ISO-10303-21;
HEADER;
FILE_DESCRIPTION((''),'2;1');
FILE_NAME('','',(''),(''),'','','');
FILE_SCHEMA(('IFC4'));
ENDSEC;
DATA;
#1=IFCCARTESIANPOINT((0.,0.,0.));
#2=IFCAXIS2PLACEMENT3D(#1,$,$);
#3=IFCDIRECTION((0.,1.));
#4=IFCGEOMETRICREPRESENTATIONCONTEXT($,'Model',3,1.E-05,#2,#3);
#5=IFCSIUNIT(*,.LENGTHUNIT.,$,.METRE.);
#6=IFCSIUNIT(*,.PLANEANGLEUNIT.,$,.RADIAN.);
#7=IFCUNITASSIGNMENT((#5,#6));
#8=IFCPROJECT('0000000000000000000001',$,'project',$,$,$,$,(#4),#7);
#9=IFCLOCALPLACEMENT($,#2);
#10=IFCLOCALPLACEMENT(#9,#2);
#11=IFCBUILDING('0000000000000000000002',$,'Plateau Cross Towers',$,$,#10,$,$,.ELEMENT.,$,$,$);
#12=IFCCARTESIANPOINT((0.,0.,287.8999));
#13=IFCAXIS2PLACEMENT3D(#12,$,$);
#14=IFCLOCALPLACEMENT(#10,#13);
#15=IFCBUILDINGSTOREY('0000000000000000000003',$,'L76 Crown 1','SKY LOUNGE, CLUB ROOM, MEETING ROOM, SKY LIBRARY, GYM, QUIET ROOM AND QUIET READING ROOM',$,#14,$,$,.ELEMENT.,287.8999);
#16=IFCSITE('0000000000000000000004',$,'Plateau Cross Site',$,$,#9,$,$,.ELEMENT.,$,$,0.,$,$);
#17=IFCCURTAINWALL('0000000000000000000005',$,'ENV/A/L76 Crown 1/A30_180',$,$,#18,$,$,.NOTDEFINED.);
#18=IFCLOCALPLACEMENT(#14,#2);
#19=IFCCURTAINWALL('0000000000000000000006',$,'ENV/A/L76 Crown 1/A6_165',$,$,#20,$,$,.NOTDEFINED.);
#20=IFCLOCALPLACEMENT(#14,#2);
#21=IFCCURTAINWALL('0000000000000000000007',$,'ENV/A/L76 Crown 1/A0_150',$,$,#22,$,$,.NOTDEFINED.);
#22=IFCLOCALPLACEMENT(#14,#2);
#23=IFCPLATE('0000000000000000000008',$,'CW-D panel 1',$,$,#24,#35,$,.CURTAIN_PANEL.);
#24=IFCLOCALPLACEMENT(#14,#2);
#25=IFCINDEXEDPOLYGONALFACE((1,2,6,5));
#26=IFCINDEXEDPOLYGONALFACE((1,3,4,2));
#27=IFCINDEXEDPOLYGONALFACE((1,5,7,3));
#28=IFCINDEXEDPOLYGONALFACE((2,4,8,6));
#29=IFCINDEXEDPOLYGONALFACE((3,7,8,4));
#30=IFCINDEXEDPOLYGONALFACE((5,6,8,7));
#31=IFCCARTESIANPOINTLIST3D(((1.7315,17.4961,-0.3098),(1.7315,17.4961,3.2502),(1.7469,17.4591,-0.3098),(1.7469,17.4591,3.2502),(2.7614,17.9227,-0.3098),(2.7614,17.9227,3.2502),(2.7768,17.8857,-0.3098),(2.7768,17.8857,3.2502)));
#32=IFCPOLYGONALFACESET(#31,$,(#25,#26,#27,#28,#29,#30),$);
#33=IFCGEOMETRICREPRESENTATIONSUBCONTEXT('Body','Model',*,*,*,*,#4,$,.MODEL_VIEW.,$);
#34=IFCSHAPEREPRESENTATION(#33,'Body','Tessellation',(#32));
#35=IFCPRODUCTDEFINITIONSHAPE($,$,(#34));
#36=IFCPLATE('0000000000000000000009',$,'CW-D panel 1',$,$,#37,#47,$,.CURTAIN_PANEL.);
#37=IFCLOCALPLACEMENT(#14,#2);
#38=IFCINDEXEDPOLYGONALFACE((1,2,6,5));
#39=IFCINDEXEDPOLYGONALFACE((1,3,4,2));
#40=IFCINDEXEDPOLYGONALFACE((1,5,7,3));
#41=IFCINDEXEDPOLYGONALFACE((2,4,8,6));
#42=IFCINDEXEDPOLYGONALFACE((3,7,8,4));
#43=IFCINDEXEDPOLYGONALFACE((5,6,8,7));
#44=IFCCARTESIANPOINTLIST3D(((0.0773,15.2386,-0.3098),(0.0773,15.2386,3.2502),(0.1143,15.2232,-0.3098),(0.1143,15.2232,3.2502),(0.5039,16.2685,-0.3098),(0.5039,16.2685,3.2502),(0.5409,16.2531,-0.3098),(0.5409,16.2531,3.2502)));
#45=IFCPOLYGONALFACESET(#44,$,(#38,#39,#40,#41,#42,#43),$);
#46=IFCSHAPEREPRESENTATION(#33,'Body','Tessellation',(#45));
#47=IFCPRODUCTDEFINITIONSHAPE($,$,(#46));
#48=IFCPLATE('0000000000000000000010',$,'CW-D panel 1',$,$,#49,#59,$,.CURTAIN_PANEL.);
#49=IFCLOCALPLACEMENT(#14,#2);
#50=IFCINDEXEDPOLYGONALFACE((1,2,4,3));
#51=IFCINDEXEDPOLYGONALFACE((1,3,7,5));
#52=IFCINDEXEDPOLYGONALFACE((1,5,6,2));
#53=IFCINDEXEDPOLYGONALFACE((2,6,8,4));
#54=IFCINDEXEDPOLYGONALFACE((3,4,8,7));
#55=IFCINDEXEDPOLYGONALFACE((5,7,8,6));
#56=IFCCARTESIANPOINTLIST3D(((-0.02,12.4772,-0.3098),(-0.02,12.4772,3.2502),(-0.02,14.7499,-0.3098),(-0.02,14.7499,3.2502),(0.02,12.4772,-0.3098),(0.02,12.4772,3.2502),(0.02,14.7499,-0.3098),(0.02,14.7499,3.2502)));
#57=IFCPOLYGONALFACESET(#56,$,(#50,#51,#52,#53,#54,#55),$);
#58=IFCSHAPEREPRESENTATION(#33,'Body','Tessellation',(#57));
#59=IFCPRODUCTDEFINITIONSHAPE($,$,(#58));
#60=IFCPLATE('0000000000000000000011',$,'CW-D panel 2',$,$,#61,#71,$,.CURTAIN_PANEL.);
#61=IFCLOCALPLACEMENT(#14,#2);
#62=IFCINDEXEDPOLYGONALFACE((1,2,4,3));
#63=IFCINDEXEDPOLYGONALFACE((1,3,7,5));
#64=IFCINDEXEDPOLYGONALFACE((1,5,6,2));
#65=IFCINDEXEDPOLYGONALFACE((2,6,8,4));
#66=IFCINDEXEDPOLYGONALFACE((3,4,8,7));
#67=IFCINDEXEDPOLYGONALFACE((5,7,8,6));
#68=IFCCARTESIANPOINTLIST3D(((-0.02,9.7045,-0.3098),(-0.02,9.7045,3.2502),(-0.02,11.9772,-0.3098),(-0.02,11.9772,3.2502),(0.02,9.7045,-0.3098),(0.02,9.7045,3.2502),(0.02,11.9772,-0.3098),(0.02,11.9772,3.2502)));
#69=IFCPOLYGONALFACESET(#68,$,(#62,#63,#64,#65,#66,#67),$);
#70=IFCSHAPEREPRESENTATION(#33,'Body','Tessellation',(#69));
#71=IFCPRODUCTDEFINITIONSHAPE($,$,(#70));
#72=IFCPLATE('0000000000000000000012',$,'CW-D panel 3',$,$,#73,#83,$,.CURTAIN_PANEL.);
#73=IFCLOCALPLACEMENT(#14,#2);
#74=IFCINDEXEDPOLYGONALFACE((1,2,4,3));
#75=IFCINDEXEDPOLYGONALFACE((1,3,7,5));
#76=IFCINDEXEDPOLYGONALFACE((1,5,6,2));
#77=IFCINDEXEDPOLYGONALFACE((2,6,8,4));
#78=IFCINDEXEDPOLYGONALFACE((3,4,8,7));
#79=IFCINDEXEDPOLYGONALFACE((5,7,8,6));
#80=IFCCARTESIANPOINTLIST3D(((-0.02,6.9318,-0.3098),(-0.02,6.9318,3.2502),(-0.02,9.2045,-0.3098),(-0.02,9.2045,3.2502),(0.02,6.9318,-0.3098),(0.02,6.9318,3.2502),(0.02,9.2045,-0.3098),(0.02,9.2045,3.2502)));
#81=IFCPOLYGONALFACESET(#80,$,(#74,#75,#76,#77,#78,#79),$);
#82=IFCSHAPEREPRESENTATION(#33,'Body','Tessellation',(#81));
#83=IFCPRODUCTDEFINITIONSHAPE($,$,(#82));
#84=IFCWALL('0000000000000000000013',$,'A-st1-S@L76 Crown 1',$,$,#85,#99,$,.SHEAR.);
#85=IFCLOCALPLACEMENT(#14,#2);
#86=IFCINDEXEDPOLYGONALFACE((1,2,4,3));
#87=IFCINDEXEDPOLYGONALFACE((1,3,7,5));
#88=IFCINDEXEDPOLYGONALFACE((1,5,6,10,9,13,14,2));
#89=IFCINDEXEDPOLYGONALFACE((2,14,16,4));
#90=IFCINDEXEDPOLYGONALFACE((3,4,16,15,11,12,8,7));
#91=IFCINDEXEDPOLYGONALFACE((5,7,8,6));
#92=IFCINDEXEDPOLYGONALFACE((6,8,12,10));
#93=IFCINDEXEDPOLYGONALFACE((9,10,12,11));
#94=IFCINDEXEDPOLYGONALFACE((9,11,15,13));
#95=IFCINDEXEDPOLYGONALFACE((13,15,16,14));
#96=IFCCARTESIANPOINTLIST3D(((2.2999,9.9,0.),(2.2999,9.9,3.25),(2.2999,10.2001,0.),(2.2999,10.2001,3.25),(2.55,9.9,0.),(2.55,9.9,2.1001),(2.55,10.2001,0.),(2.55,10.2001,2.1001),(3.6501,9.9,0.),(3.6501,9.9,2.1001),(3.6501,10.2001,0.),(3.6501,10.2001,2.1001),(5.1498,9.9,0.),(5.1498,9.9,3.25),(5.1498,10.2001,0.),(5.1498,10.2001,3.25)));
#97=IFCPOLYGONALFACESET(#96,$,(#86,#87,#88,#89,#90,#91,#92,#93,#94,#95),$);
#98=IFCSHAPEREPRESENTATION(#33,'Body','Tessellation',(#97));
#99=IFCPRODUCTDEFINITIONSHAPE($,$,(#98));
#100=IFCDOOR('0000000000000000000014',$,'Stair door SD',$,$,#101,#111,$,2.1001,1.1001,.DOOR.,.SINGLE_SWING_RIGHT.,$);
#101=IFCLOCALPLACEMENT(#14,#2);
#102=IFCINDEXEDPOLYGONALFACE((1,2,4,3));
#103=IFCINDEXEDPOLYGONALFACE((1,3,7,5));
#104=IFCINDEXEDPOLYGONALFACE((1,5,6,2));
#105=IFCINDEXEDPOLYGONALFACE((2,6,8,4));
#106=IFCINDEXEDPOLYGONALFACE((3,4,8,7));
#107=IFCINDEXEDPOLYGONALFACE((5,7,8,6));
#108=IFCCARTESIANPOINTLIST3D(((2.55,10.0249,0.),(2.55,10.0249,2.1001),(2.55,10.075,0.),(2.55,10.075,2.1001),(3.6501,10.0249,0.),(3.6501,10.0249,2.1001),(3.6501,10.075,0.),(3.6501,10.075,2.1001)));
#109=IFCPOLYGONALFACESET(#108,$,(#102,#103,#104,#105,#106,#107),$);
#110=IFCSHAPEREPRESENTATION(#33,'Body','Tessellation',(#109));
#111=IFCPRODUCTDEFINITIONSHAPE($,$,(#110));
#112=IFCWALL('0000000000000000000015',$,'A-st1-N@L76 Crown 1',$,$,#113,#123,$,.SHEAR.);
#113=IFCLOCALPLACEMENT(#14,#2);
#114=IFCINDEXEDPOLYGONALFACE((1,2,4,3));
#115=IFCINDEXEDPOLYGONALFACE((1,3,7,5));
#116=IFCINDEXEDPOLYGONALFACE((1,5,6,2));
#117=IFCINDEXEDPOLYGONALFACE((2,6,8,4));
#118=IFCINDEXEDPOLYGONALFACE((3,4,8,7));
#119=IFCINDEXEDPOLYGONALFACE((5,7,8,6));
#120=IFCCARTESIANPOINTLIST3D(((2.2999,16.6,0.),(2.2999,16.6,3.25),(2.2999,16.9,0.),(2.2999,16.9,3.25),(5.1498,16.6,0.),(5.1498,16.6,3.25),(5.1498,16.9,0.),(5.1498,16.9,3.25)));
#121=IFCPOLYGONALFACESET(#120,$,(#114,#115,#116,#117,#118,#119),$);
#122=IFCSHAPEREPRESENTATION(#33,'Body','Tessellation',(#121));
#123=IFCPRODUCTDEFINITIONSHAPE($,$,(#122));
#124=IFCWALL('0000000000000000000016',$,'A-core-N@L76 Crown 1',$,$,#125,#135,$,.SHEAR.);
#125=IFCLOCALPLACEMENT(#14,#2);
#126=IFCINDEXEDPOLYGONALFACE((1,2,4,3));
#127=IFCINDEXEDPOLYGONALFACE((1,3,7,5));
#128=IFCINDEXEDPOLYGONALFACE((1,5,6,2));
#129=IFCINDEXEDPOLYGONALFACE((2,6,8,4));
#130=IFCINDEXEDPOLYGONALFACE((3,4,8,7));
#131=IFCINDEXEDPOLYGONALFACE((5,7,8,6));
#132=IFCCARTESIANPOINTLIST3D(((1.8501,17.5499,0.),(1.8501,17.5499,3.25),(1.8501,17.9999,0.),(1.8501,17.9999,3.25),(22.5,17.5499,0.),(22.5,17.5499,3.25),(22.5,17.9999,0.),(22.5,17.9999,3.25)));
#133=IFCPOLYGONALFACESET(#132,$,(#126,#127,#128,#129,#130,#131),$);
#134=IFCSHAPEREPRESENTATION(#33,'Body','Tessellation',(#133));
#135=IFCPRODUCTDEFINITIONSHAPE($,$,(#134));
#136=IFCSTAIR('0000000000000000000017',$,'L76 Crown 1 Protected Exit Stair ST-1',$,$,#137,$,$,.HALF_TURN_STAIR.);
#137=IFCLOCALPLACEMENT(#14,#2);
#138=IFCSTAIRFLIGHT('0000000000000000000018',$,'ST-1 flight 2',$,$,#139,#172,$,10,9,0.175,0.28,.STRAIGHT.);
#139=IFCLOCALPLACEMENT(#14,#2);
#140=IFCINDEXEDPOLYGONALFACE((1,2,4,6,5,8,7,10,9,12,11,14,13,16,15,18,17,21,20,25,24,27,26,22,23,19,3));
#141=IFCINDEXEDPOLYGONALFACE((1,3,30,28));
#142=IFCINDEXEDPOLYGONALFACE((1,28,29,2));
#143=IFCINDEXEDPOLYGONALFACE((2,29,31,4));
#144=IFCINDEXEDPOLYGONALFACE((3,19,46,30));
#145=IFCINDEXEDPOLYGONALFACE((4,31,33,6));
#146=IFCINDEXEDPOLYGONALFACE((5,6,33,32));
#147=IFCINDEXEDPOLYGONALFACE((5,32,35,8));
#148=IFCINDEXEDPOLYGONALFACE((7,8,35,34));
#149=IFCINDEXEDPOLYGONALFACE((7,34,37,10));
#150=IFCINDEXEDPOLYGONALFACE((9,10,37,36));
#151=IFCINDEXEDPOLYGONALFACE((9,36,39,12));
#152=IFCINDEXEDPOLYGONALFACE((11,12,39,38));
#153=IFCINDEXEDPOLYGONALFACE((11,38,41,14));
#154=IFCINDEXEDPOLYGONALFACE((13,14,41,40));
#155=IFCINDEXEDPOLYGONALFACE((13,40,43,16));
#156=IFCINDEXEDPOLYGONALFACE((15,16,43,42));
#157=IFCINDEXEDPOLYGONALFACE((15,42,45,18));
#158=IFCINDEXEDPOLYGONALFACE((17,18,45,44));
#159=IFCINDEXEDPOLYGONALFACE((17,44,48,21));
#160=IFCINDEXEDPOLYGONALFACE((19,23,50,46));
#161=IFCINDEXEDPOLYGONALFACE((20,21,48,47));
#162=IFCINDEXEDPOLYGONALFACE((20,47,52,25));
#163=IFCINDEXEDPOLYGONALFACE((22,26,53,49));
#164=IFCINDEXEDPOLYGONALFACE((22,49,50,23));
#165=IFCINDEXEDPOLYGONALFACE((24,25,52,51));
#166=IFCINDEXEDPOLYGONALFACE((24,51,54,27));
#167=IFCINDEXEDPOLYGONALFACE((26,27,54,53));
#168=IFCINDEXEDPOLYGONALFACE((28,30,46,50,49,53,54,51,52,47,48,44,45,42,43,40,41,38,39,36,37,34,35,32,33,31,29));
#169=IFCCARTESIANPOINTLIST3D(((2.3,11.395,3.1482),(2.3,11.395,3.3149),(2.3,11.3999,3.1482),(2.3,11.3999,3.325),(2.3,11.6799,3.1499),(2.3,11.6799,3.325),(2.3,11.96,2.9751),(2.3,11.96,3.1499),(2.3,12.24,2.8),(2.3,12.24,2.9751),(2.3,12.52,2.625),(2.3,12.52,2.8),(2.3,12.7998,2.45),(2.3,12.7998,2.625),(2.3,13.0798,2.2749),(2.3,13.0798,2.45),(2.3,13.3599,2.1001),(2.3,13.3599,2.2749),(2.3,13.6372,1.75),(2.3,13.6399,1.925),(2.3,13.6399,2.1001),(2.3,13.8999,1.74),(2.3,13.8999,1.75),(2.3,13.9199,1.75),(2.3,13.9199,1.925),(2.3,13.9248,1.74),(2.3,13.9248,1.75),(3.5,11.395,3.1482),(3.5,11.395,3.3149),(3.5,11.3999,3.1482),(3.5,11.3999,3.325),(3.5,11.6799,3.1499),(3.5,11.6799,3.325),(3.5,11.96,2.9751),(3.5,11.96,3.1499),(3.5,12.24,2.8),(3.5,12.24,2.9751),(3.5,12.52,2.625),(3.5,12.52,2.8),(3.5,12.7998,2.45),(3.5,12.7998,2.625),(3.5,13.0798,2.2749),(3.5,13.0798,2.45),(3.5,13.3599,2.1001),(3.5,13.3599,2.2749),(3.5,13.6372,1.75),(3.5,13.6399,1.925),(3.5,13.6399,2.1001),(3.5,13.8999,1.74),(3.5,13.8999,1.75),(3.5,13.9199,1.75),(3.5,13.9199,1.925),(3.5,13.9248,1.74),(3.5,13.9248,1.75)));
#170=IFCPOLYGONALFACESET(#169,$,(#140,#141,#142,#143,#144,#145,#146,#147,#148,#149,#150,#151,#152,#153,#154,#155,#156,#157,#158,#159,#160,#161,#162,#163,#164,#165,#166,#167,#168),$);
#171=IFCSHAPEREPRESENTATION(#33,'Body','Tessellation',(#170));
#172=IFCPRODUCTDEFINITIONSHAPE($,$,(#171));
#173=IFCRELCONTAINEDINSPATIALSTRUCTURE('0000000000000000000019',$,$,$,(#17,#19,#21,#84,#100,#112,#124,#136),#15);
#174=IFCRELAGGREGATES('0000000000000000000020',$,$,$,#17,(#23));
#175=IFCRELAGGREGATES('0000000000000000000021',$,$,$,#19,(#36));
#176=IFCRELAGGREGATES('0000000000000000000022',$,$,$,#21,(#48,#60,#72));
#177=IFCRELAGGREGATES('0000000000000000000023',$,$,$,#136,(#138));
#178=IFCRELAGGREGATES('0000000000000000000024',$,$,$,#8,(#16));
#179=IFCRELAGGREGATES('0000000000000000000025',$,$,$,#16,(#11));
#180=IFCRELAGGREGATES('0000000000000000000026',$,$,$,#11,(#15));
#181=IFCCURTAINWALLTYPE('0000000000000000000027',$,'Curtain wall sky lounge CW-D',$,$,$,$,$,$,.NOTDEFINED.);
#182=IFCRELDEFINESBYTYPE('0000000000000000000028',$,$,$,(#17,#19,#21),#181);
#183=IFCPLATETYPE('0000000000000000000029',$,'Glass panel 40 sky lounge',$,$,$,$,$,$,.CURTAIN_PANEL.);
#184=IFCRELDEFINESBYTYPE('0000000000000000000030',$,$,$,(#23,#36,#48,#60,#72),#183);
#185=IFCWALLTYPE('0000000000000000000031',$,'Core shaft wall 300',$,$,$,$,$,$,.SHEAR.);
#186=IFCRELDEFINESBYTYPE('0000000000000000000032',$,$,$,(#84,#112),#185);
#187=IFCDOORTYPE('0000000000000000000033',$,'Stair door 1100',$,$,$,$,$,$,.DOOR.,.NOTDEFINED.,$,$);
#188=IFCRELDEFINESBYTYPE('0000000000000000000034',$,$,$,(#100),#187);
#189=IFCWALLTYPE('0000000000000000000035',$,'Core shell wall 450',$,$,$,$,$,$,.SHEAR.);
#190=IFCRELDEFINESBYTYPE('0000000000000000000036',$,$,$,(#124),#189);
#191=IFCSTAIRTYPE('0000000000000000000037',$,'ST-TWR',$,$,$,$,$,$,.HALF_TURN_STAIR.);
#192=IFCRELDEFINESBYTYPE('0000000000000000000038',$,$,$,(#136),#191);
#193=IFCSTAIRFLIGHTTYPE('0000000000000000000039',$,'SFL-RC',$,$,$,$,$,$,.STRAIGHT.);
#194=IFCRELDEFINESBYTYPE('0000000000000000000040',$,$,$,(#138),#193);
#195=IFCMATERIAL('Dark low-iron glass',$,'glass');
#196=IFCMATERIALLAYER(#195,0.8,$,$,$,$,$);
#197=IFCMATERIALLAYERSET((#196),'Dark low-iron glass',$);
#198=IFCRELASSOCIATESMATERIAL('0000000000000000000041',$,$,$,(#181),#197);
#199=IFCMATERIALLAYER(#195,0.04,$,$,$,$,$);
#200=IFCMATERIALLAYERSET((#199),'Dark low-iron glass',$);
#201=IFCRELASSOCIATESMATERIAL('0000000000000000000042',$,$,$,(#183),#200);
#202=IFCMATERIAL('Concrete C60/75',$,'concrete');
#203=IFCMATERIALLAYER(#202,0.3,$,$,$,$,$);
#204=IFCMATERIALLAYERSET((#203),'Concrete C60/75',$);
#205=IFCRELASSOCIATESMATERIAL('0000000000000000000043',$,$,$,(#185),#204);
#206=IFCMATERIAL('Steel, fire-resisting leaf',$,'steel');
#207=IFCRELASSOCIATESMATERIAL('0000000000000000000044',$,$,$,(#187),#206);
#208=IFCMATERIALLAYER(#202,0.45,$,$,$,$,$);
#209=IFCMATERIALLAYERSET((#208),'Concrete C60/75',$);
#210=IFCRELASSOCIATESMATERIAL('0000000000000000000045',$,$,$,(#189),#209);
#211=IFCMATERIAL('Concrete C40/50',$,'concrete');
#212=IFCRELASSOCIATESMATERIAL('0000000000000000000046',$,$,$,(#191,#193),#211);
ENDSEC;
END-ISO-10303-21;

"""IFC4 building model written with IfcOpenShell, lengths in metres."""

from ifc_helpers import new_model, si_unit, direction, frame, frame_2d, origin, origin_2d, place, context, subcontext, project, spatial, polyline, rectangle, outline, extrude, material, layer, layer_set, type_object, element, fill, aggregate, save


model = new_model("IFC4")

# Units and contexts
model_context = context("Model", 3, precision=1e-05, world=origin(), true_north=direction((0.0, 1.0)))
body_context = subcontext(model_context, "Body", "Model", "MODEL_VIEW")
ifc_project = project(units=[si_unit("LENGTHUNIT", "METRE"), si_unit("PLANEANGLEUNIT", "RADIAN")], contexts=[model_context])

# Site, building, storey
site_placement = place(None, origin())
site = spatial("IfcSite", under=ifc_project, at=site_placement, Name="Plateau Cross Site", CompositionType="ELEMENT", RefElevation=0.0)
building_placement = place(site_placement, origin())
building = spatial("IfcBuilding", under=site, at=building_placement, Name="Plateau Cross Towers", CompositionType="ELEMENT")
storey_placement = place(building_placement, frame((0.0, 0.0, 287.8999)))
storey = spatial("IfcBuildingStorey", under=building, at=storey_placement, Name="L76 Crown 1", Description="SKY LOUNGE, CLUB ROOM, MEETING ROOM, SKY LIBRARY, GYM, QUIET ROOM AND QUIET READING ROOM", CompositionType="ELEMENT", Elevation=287.8999)

# Shared definitions
ifc_material_1 = material(Name="Concrete C60/75", Category="concrete")

# Curtain wall
ifc_material_2 = material(Name="Dark low-iron glass", Category="glass")
ifc_layer_1 = layer(ifc_material_2, 0.8)
ifc_layer_set_1 = layer_set([ifc_layer_1], Name="Dark low-iron glass")
curtain_wall_type = type_object("IfcCurtainWallType", Name="Curtain wall sky lounge CW-D", PredefinedType="NOTDEFINED", material=ifc_layer_set_1)
curtain_wall_1_placement = place(storey_placement, origin())
curtain_wall_1 = element("IfcCurtainWall", 1, at=curtain_wall_1_placement, inside=storey, type_object=curtain_wall_type, Name="ENV/A/L76 Crown 1/A30_180", PredefinedType="NOTDEFINED")

# Curtain wall
curtain_wall_2_placement = place(storey_placement, origin())
curtain_wall_2 = element("IfcCurtainWall", 2, at=curtain_wall_2_placement, inside=storey, type_object=curtain_wall_type, Name="ENV/A/L76 Crown 1/A6_165", PredefinedType="NOTDEFINED")

# Curtain wall
curtain_wall_3_placement = place(storey_placement, origin())
curtain_wall_3 = element("IfcCurtainWall", 3, at=curtain_wall_3_placement, inside=storey, type_object=curtain_wall_type, Name="ENV/A/L76 Crown 1/A0_150", PredefinedType="NOTDEFINED")

# Plates
ifc_layer_2 = layer(ifc_material_2, 0.04)
ifc_layer_set_2 = layer_set([ifc_layer_2], Name="Dark low-iron glass")
plate_type = type_object("IfcPlateType", Name="Glass panel 40 sky lounge", PredefinedType="CURTAIN_PANEL", material=ifc_layer_set_2)
plate_1_placement = place(storey_placement, frame((2.2542, 17.6909, -0.3098), z_axis=(0.0, 0.0, 1.0), x_axis=(-0.923879, -0.382684, 0.0)))
plate_1 = element("IfcPlate", 4, at=plate_1_placement, type_object=plate_type, Name="CW-D panel 1", PredefinedType="CURTAIN_PANEL", context=body_context, shape_type="SweptSolid", body=[
    extrude(rectangle(XDim=1.1147, YDim=0.04, at=origin_2d()), origin(), (0.0, 0.0, 1.0), 3.5601),
])
aggregate(curtain_wall_1, [plate_1])
plate_2_placement = place(storey_placement, frame((0.3091, 15.7458, -0.3098), z_axis=(0.0, 0.0, 1.0), x_axis=(-0.382684, -0.923879, 0.0)))
plate_2 = element("IfcPlate", 5, at=plate_2_placement, type_object=plate_type, Name="CW-D panel 1", PredefinedType="CURTAIN_PANEL", context=body_context, shape_type="SweptSolid", body=[
    extrude(rectangle(XDim=1.1147, YDim=0.04, at=origin_2d()), origin(), (0.0, 0.0, 1.0), 3.5601),
])
aggregate(curtain_wall_2, [plate_2])
plate_3_placement = place(storey_placement, frame((0.0, 13.6135, -0.3098), z_axis=(0.0, 0.0, 1.0), x_axis=(0.0, -1.0, 0.0)))
plate_3 = element("IfcPlate", 6, at=plate_3_placement, type_object=plate_type, Name="CW-D panel 1", PredefinedType="CURTAIN_PANEL", context=body_context, shape_type="SweptSolid", body=[
    extrude(rectangle(XDim=2.2727, YDim=0.04, at=origin_2d()), origin(), (0.0, 0.0, 1.0), 3.5601),
])
plate_4_placement = place(storey_placement, frame((0.0, 10.8408, -0.3098), z_axis=(0.0, 0.0, 1.0), x_axis=(0.0, -1.0, 0.0)))
plate_4 = element("IfcPlate", 7, at=plate_4_placement, type_object=plate_type, Name="CW-D panel 2", PredefinedType="CURTAIN_PANEL", context=body_context, shape_type="SweptSolid", body=[
    extrude(rectangle(XDim=2.2727, YDim=0.04, at=origin_2d()), origin(), (0.0, 0.0, 1.0), 3.5601),
])
plate_5_placement = place(storey_placement, frame((0.0, 8.0681, -0.3098), z_axis=(0.0, 0.0, 1.0), x_axis=(0.0, -1.0, 0.0)))
plate_5 = element("IfcPlate", 8, at=plate_5_placement, type_object=plate_type, Name="CW-D panel 3", PredefinedType="CURTAIN_PANEL", context=body_context, shape_type="SweptSolid", body=[
    extrude(rectangle(XDim=2.2727, YDim=0.04, at=origin_2d()), origin(), (0.0, 0.0, 1.0), 3.5601),
])
aggregate(curtain_wall_3, [plate_3, plate_4, plate_5])

# Wall, opening, door
ifc_layer_3 = layer(ifc_material_1, 0.3)
ifc_layer_set_3 = layer_set([ifc_layer_3], Name="Concrete C60/75")
wall_type_1 = type_object("IfcWallType", Name="Core shaft wall 300", PredefinedType="SHEAR", material=ifc_layer_set_3)
wall_1_placement = place(storey_placement, frame((2.3, 10.05, 0.0), z_axis=(0.0, 0.0, 1.0), x_axis=(1.0, 0.0, 0.0)))
wall_1 = element("IfcWall", 9, at=wall_1_placement, inside=storey, type_object=wall_type_1, Name="A-st1-S@L76 Crown 1", PredefinedType="SHEAR", context=body_context, shape_type="SweptSolid", body=[
    extrude(rectangle(XDim=2.8499, YDim=0.3, at=frame_2d((1.4248, 0.0))), origin(), (0.0, 0.0, 1.0), 3.25),
])
opening_placement = place(wall_1_placement, frame((0.25, 0.0, 0.0)))
opening = element("IfcOpeningElement", 10, at=opening_placement, cuts=wall_1, PredefinedType="OPENING", context=body_context, shape_type="SweptSolid", body=[
    extrude(rectangle(XDim=1.1001, YDim=2.1001, at=frame_2d((0.55, 1.05))), frame((0.0, 0.1599, 0.0), z_axis=(0.0, -1.0, 0.0), x_axis=(1.0, 0.0, 0.0)), (0.0, 0.0, 1.0), 0.3201),
])
ifc_material_3 = material(Name="Steel, fire-resisting leaf", Category="steel")
door_type = type_object("IfcDoorType", Name="Stair door 1100", OperationType="NOTDEFINED", PredefinedType="DOOR", material=ifc_material_3)
door_placement = place(opening_placement, origin())
door = element("IfcDoor", 11, at=door_placement, inside=storey, type_object=door_type, Name="Stair door SD", OperationType="SINGLE_SWING_RIGHT", OverallHeight=2.1001, OverallWidth=1.1001, PredefinedType="DOOR", context=body_context, shape_type="SweptSolid", body=[
    extrude(rectangle(XDim=1.1001, YDim=2.1001, at=frame_2d((0.55, 1.05))), frame((0.0, 0.0249, 0.0), z_axis=(0.0, -1.0, 0.0), x_axis=(1.0, 0.0, 0.0)), (0.0, 0.0, 1.0), 0.05),
])
fill(opening, door)

# Walls
wall_2_placement = place(storey_placement, frame((2.3, 16.75, 0.0), z_axis=(0.0, 0.0, 1.0), x_axis=(1.0, 0.0, 0.0)))
element("IfcWall", 12, at=wall_2_placement, inside=storey, type_object=wall_type_1, Name="A-st1-N@L76 Crown 1", PredefinedType="SHEAR", context=body_context, shape_type="SweptSolid", body=[
    extrude(rectangle(XDim=2.8499, YDim=0.3, at=frame_2d((1.4248, 0.0))), origin(), (0.0, 0.0, 1.0), 3.25),
])
ifc_layer_4 = layer(ifc_material_1, 0.45)
ifc_layer_set_4 = layer_set([ifc_layer_4], Name="Concrete C60/75")
wall_type_2 = type_object("IfcWallType", Name="Core shell wall 450", PredefinedType="SHEAR", material=ifc_layer_set_4)
wall_3_placement = place(storey_placement, frame((1.8501, 17.7749, 0.0), z_axis=(0.0, 0.0, 1.0), x_axis=(1.0, 0.0, 0.0)))
element("IfcWall", 13, at=wall_3_placement, inside=storey, type_object=wall_type_2, Name="A-core-N@L76 Crown 1", PredefinedType="SHEAR", context=body_context, shape_type="SweptSolid", body=[
    extrude(rectangle(XDim=20.6499, YDim=0.45, at=frame_2d((10.325, 0.0))), origin(), (0.0, 0.0, 1.0), 3.25),
])

# Stair, stair flight
ifc_material_4 = material(Name="Concrete C40/50", Category="concrete")
stair_type = type_object("IfcStairType", Name="ST-TWR", PredefinedType="HALF_TURN_STAIR", material=ifc_material_4)
stair_placement = place(storey_placement, origin())
stair = element("IfcStair", 14, at=stair_placement, inside=storey, type_object=stair_type, Name="L76 Crown 1 Protected Exit Stair ST-1", PredefinedType="HALF_TURN_STAIR")
stair_flight_type = type_object("IfcStairFlightType", Name="SFL-RC", PredefinedType="STRAIGHT", material=ifc_material_4)
stair_flight_placement = place(storey_placement, frame((2.8999, 13.9199, 1.75), z_axis=(0.0, 0.0, 1.0), x_axis=(0.0, -1.0, 0.0)))
stair_flight = element("IfcStairFlight", 15, at=stair_flight_placement, type_object=stair_flight_type, Name="ST-1 flight 2", NumberOfRisers=10, NumberOfTreads=9, PredefinedType="STRAIGHT", RiserHeight=0.175, TreadLength=0.28, context=body_context, shape_type="SweptSolid", body=[
    extrude(outline(polyline([(-0.0049, -0.01), (-0.0049, 0.0), (0.0, 0.0), (0.0, 0.175), (0.28, 0.175), (0.28, 0.3501), (0.5601, 0.3501), (0.5601, 0.5249), (0.8401, 0.5249), (0.8401, 0.7), (1.1201, 0.7), (1.1201, 0.875), (1.3999, 0.875), (1.3999, 1.05), (1.6799, 1.05), (1.6799, 1.2251), (1.96, 1.2251), (1.96, 1.3999), (2.24, 1.3999), (2.24, 1.575), (2.52, 1.575), (2.5249, 1.5649), (2.5249, 1.3982), (2.52, 1.3982), (0.2827, 0.0), (0.02, 0.0), (0.02, -0.01), (-0.0049, -0.01)])), frame((0.0, 0.6001, 0.0), z_axis=(0.0, -1.0, 0.0), x_axis=(1.0, 0.0, 0.0)), (0.0, 0.0, 1.0), 1.2),
])
aggregate(stair, [stair_flight])

save(model, "model.ifc")
